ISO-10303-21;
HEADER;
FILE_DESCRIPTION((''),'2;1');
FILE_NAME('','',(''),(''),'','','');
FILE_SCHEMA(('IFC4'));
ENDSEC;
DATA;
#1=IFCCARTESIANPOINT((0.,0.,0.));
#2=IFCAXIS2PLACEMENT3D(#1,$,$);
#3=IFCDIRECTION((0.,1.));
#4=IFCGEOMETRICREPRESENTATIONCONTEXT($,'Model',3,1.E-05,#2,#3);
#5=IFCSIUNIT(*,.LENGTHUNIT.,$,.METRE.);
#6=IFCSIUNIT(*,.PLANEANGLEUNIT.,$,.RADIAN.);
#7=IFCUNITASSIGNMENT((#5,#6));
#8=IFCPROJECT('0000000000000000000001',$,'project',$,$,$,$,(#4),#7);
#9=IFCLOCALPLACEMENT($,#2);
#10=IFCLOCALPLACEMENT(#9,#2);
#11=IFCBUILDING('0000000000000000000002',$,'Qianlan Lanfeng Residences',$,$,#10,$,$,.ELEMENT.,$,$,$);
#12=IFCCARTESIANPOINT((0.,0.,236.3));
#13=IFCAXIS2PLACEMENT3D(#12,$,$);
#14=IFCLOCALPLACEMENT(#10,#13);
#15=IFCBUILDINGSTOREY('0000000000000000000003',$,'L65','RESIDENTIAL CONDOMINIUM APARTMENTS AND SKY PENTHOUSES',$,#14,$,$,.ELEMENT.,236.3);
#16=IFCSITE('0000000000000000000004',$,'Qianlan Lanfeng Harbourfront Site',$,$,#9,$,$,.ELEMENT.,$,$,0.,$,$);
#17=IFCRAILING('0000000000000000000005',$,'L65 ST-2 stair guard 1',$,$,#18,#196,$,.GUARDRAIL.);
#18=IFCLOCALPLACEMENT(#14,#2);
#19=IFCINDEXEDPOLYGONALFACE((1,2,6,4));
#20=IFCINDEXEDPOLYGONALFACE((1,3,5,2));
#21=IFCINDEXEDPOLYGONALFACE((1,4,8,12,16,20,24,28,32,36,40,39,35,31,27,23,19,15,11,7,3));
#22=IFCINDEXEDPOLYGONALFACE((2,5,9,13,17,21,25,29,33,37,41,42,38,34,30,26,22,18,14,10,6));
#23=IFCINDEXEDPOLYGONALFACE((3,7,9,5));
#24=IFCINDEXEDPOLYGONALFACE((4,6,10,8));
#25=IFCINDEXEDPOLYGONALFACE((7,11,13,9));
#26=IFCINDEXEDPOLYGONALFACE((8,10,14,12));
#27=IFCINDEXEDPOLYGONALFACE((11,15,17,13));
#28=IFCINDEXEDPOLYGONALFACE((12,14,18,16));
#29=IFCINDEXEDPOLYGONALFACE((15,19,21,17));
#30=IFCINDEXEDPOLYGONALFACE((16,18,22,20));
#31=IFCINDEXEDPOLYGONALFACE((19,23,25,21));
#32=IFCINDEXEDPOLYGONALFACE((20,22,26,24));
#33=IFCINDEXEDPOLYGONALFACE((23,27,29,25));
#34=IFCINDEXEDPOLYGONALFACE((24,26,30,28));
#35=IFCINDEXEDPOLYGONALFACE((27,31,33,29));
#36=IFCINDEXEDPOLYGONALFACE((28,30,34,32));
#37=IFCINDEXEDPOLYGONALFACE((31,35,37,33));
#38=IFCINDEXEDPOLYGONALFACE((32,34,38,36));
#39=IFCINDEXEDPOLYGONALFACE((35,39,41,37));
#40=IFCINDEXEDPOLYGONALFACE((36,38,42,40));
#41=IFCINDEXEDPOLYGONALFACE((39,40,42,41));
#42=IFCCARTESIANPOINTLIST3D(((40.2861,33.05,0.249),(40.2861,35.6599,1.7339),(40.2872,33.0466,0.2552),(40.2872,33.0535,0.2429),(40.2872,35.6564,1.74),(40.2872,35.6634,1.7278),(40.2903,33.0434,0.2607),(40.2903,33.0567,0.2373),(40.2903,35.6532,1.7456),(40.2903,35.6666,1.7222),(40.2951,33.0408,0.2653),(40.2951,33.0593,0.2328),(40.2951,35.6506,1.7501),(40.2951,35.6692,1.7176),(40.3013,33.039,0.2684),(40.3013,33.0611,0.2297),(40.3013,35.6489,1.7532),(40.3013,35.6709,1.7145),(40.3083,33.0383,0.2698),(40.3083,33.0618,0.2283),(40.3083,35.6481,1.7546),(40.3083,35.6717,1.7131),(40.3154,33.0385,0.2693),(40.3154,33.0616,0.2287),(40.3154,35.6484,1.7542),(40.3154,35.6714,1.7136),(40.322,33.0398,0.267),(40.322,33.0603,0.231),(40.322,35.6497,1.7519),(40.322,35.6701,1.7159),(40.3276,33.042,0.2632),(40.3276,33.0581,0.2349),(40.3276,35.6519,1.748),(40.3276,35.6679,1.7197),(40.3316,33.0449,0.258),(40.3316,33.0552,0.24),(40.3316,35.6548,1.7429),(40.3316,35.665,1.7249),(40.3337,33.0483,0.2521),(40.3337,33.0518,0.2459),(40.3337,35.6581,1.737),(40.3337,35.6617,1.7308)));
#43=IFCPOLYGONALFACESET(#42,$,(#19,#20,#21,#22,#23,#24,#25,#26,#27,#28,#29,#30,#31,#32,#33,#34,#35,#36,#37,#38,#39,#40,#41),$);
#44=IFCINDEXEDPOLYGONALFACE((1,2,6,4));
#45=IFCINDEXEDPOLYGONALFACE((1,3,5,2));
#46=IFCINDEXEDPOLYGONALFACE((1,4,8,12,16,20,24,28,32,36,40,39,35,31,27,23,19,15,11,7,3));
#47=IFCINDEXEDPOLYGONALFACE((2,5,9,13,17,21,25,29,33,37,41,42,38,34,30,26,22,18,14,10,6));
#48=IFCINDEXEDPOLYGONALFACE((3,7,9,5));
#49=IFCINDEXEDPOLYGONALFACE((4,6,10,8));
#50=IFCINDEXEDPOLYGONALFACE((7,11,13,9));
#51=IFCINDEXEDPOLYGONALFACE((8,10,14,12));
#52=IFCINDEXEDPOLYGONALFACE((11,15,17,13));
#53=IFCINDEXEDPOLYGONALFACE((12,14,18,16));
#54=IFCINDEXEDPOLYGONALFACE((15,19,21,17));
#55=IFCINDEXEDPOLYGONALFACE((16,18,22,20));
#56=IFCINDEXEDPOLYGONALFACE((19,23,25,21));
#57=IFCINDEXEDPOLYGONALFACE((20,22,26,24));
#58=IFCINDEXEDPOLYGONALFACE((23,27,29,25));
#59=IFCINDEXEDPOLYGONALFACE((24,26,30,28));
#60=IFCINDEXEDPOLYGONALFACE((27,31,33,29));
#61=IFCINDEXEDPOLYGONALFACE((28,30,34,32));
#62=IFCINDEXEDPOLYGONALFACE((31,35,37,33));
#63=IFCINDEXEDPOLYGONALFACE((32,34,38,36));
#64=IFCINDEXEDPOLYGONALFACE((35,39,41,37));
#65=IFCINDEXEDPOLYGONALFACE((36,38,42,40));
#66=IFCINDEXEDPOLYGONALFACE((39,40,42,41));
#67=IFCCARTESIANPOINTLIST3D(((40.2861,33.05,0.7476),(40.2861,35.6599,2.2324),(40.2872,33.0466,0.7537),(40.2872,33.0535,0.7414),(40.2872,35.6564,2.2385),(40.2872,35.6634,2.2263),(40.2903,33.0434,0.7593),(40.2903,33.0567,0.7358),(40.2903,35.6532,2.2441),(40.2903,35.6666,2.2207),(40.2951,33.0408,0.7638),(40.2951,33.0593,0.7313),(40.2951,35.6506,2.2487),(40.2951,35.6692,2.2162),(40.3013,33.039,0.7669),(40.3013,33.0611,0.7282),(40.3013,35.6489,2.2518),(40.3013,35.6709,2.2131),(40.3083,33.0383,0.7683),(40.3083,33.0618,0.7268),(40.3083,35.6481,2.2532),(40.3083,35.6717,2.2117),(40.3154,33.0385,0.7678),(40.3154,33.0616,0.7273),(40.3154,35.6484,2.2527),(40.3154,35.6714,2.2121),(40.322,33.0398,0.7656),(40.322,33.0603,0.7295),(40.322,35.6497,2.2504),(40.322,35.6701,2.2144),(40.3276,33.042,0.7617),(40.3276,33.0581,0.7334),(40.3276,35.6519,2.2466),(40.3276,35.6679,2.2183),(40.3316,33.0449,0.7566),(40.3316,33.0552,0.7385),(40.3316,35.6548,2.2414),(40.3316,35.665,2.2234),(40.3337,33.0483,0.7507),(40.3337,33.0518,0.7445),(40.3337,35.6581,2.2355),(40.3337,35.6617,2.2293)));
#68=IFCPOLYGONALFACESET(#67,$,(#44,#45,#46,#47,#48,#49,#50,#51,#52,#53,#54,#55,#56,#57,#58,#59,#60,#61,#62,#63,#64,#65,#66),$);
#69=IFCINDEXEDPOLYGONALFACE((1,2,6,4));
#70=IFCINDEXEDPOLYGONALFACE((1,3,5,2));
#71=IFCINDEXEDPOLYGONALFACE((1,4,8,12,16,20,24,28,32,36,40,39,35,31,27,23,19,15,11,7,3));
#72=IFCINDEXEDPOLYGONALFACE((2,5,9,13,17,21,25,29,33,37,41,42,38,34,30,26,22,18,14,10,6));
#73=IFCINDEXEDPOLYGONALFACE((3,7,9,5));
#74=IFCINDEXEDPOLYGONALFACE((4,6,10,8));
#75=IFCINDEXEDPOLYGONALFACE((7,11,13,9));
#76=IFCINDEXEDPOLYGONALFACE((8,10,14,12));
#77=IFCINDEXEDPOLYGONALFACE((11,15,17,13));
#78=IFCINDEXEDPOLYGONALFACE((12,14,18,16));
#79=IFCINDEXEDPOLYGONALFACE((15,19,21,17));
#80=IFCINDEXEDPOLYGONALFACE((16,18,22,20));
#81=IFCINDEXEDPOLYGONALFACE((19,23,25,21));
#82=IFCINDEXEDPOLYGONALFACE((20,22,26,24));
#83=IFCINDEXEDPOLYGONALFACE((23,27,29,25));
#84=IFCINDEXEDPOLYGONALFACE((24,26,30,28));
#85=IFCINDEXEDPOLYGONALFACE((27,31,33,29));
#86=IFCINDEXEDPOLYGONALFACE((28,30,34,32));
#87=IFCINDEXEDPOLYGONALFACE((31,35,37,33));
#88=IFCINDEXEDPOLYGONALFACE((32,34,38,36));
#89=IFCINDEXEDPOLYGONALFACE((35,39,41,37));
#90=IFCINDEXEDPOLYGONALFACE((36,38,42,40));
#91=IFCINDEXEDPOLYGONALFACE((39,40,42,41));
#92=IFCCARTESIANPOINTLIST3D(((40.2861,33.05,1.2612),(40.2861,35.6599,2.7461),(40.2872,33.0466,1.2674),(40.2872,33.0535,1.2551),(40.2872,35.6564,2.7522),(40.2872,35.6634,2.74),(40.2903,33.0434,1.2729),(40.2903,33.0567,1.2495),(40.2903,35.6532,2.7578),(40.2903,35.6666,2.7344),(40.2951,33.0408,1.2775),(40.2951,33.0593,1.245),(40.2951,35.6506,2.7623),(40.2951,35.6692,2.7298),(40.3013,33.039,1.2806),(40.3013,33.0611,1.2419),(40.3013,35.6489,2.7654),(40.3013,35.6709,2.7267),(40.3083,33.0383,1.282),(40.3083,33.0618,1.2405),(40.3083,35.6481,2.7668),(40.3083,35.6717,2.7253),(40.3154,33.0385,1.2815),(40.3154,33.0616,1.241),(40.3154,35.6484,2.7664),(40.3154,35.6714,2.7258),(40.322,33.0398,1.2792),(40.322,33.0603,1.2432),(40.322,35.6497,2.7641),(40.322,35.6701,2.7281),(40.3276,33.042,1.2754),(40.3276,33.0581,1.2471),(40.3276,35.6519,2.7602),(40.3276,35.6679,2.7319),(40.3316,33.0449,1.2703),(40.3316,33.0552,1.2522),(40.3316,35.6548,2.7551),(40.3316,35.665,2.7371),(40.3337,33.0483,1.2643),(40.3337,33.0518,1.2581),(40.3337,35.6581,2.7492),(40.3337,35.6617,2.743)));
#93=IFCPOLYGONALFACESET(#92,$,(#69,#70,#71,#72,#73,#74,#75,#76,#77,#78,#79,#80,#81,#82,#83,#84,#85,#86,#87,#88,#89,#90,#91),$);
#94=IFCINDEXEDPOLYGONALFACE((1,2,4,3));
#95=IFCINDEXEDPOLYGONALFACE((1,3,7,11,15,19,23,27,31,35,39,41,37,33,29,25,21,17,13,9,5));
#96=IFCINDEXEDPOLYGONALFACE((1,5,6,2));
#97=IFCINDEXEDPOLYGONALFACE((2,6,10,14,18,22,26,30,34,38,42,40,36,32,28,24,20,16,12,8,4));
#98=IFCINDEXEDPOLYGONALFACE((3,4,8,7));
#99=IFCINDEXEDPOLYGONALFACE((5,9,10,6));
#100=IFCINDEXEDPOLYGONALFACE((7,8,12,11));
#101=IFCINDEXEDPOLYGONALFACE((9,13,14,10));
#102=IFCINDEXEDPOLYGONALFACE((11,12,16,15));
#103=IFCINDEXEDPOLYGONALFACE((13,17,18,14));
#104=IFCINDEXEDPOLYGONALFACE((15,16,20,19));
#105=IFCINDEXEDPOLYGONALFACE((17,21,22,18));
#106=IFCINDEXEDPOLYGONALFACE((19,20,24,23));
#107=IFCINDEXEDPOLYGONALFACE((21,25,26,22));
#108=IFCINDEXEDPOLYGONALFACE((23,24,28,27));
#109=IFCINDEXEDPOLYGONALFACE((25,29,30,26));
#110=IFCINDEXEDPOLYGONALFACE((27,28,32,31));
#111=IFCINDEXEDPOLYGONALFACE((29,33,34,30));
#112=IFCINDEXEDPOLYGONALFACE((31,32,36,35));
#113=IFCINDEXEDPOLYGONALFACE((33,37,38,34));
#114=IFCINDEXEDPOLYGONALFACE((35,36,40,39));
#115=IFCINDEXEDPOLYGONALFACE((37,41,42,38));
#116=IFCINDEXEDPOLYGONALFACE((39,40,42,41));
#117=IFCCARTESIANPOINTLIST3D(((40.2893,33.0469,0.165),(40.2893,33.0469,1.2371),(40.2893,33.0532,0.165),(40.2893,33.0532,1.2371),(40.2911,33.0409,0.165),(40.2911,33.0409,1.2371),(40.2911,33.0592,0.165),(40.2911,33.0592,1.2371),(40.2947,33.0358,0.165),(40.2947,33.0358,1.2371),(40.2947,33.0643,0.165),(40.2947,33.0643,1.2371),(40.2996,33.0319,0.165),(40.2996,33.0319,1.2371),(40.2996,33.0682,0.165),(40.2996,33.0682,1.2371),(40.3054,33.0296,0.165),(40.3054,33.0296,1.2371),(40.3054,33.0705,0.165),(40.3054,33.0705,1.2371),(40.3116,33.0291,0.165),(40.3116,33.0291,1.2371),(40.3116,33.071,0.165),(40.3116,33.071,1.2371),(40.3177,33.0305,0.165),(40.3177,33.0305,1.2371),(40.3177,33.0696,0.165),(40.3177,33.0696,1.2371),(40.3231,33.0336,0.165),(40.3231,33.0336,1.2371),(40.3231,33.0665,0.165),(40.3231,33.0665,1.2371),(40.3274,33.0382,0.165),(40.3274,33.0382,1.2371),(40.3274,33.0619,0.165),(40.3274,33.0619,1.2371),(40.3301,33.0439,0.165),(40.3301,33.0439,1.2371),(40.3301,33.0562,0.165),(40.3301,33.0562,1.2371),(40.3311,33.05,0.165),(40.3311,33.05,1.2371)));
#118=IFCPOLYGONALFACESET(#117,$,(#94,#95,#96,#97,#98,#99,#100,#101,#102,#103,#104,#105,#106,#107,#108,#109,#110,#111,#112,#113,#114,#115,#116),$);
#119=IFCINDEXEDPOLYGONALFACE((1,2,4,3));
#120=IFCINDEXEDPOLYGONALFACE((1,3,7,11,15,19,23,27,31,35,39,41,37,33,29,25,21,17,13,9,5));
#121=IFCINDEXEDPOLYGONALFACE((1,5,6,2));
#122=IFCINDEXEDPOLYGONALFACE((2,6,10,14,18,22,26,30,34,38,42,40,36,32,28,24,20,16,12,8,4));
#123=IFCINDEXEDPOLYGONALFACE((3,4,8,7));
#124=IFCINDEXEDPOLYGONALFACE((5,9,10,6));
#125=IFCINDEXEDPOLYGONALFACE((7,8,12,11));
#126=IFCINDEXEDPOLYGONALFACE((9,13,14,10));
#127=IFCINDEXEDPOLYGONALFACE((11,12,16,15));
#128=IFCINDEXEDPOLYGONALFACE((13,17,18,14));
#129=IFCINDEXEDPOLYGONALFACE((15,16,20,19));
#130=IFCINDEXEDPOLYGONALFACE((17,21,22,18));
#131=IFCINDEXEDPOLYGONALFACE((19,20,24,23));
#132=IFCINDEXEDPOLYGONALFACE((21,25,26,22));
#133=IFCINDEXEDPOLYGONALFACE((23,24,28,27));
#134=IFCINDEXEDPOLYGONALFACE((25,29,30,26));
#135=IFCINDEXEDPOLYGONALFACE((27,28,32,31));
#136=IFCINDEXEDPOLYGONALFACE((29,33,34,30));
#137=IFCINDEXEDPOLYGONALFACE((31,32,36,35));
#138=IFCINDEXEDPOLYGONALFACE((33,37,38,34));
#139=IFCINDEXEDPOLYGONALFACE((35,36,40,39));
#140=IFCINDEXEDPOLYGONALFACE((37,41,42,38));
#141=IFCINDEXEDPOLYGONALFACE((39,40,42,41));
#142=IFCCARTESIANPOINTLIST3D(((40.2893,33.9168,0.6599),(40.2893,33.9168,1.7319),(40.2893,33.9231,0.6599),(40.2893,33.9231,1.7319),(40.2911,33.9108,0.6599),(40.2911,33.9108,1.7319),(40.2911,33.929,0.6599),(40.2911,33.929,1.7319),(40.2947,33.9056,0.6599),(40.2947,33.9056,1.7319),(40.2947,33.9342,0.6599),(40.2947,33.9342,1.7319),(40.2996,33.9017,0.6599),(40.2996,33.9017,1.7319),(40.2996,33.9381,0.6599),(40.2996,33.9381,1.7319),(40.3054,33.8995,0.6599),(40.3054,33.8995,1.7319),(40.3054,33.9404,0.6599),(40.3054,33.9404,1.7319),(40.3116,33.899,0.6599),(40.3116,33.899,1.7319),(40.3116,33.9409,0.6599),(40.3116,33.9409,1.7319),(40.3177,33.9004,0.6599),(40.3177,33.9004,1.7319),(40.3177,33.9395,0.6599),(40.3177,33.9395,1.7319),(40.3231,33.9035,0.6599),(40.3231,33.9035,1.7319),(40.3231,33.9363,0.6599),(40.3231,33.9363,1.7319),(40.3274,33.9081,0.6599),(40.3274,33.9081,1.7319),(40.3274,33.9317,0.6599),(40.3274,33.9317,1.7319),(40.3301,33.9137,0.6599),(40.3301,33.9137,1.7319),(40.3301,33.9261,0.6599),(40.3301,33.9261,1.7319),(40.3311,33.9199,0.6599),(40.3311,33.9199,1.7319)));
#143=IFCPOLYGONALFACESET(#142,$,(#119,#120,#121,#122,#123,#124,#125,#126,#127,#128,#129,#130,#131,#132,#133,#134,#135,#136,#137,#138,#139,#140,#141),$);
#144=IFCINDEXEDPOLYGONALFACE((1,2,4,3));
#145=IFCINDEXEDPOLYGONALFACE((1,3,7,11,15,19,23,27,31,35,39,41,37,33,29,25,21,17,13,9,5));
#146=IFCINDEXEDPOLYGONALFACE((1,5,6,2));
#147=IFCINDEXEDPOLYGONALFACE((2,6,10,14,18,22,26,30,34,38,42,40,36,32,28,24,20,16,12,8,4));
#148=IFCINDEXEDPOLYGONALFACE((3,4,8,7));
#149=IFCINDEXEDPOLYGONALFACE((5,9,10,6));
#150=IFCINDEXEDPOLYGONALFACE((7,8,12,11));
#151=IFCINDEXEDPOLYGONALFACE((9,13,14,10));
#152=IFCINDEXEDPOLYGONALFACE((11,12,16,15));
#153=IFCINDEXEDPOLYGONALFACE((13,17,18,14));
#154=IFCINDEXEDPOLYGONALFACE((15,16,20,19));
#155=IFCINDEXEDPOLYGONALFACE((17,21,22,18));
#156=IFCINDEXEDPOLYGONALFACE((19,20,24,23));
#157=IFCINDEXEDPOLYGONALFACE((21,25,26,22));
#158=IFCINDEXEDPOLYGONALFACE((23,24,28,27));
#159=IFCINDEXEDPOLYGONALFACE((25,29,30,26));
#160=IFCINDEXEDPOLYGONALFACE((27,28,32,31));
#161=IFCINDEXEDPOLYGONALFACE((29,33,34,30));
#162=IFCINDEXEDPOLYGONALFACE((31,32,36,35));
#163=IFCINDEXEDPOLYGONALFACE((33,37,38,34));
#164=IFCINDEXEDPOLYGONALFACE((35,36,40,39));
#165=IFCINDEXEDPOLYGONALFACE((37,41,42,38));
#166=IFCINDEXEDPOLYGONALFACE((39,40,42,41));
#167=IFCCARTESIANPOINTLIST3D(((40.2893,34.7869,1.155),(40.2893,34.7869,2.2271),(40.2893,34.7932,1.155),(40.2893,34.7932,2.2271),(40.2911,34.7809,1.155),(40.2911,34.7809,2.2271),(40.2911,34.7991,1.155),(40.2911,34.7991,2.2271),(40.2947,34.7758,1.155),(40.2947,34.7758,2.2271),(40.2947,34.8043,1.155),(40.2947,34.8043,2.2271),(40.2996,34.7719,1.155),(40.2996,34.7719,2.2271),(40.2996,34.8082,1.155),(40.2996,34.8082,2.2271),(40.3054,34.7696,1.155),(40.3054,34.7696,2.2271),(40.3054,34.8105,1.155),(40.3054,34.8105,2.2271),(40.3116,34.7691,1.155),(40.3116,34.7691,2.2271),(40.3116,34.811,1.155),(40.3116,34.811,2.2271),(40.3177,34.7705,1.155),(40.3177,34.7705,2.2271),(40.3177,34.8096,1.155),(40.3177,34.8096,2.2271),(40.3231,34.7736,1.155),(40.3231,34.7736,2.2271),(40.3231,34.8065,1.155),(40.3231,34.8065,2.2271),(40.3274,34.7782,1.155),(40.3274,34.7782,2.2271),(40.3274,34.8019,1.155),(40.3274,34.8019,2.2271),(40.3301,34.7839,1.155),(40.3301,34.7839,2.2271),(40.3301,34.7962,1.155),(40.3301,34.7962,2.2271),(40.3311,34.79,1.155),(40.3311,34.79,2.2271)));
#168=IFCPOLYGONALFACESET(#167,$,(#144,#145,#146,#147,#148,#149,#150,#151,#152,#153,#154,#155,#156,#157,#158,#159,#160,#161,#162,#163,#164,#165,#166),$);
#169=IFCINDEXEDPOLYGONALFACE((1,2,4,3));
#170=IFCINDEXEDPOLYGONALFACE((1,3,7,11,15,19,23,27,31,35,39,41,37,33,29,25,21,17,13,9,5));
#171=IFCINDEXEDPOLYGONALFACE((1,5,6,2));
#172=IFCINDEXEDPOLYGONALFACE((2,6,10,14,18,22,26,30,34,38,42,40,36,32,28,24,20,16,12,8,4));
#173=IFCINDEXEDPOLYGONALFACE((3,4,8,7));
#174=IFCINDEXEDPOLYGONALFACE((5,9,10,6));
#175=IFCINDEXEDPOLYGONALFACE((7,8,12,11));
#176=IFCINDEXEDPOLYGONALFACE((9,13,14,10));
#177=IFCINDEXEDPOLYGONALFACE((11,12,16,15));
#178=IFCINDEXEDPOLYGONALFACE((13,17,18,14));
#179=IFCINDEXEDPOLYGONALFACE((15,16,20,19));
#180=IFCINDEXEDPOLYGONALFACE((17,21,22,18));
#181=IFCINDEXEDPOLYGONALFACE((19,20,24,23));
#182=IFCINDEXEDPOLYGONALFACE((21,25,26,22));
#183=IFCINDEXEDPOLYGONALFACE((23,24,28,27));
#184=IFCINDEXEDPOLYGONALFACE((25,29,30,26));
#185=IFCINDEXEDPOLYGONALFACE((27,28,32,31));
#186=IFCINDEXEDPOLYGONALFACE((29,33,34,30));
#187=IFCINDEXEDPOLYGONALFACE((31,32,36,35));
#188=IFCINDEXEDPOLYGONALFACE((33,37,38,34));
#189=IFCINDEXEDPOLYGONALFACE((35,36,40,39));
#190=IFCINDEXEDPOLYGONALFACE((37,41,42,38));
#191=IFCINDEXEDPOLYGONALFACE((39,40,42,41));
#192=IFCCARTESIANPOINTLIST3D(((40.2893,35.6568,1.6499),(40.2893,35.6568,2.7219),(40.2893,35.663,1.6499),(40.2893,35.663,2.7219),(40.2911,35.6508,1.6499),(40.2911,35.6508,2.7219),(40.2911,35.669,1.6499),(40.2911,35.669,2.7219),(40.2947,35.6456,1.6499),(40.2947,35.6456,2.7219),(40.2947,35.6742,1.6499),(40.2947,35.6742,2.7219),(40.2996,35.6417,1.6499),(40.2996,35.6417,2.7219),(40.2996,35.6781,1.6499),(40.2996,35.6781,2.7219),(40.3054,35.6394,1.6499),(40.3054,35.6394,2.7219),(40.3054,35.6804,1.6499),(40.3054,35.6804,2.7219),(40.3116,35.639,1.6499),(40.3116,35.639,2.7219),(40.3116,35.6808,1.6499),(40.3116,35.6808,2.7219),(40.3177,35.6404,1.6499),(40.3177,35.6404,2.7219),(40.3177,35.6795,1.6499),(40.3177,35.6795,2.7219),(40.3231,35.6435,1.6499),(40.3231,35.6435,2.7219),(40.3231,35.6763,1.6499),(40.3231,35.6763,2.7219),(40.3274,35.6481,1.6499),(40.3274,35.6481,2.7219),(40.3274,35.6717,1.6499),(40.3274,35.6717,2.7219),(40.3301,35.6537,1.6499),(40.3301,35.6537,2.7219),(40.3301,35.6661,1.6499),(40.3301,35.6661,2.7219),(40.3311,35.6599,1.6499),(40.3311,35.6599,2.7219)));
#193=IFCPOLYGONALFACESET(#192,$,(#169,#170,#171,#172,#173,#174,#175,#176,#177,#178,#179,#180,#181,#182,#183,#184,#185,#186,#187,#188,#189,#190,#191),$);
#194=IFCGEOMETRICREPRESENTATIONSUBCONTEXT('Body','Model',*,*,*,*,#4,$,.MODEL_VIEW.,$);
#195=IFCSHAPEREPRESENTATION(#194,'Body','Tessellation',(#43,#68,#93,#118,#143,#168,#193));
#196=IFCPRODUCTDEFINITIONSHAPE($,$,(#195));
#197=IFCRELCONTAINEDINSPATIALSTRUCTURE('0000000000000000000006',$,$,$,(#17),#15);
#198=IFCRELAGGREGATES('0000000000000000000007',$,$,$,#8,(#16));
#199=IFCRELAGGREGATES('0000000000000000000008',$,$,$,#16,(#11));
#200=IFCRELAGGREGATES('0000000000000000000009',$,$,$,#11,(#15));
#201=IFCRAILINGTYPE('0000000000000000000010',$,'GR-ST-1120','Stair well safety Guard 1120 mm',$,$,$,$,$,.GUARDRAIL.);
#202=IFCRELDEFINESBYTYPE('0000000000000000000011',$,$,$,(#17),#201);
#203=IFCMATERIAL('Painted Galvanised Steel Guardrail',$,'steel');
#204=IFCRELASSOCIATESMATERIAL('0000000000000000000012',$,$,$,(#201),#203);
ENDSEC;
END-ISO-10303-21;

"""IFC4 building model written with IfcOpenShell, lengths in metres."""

from ifc_helpers import new_model, si_unit, direction, frame, origin, origin_2d, place, context, subcontext, project, spatial, circle, extrude, material, type_object, element, save


model = new_model("IFC4")

# Units and contexts
model_context = context("Model", 3, precision=1e-05, world=origin(), true_north=direction((0.0, 1.0)))
body_context = subcontext(model_context, "Body", "Model", "MODEL_VIEW")
ifc_project = project(units=[si_unit("LENGTHUNIT", "METRE"), si_unit("PLANEANGLEUNIT", "RADIAN")], contexts=[model_context])

# Site, building, storey
site_placement = place(None, origin())
site = spatial("IfcSite", under=ifc_project, at=site_placement, Name="Qianlan Lanfeng Harbourfront Site", CompositionType="ELEMENT", RefElevation=0.0)
building_placement = place(site_placement, origin())
building = spatial("IfcBuilding", under=site, at=building_placement, Name="Qianlan Lanfeng Residences", CompositionType="ELEMENT")
storey_placement = place(building_placement, frame((0.0, 0.0, 236.3)))
storey = spatial("IfcBuildingStorey", under=building, at=storey_placement, Name="L65", Description="RESIDENTIAL CONDOMINIUM APARTMENTS AND SKY PENTHOUSES", CompositionType="ELEMENT", Elevation=236.3)

# Railing
ifc_material_1 = material(Name="Painted Galvanised Steel Guardrail", Category="steel")
railing_type_1 = type_object("IfcRailingType", Name="GR-ST-1120", Description="Stair well safety Guard 1120 mm", PredefinedType="GUARDRAIL", material=ifc_material_1)
railing_1_placement = place(storey_placement, frame((40.3101, 33.05, 0.165)))
element("IfcRailing", 1, at=railing_1_placement, inside=storey, type_object=railing_type_1, Name="L65 ST-2 stair guard 1", PredefinedType="GUARDRAIL", context=body_context, shape_type="SweptSolid", body=[
    extrude(circle(Radius=0.0239, at=origin_2d()), frame((0.0, 0.0, 0.084), z_axis=(0.0, 0.869172, 0.494509), x_axis=(-1.0, 0.0, 0.0)), (0.0, 0.0, 1.0), 3.0027),
    extrude(circle(Radius=0.0239, at=origin_2d()), frame((0.0, 0.0, 0.5825), z_axis=(0.0, 0.869172, 0.494509), x_axis=(-1.0, 0.0, 0.0)), (0.0, 0.0, 1.0), 3.0027),
    extrude(circle(Radius=0.0239, at=origin_2d()), frame((0.0, 0.0, 1.0962), z_axis=(0.0, 0.869172, 0.494509), x_axis=(-1.0, 0.0, 0.0)), (0.0, 0.0, 1.0), 3.0027),
    extrude(circle(Radius=0.021, at=origin_2d()), origin(), (0.0, 0.0, 1.0), 1.072),
    extrude(circle(Radius=0.021, at=origin_2d()), frame((0.0, 0.8699, 0.4949)), (0.0, 0.0, 1.0), 1.072),
    extrude(circle(Radius=0.021, at=origin_2d()), frame((0.0, 1.74, 0.99)), (0.0, 0.0, 1.0), 1.072),
    extrude(circle(Radius=0.021, at=origin_2d()), frame((0.0, 2.6099, 1.4849)), (0.0, 0.0, 1.0), 1.072),
])

save(model, "model.ifc")
